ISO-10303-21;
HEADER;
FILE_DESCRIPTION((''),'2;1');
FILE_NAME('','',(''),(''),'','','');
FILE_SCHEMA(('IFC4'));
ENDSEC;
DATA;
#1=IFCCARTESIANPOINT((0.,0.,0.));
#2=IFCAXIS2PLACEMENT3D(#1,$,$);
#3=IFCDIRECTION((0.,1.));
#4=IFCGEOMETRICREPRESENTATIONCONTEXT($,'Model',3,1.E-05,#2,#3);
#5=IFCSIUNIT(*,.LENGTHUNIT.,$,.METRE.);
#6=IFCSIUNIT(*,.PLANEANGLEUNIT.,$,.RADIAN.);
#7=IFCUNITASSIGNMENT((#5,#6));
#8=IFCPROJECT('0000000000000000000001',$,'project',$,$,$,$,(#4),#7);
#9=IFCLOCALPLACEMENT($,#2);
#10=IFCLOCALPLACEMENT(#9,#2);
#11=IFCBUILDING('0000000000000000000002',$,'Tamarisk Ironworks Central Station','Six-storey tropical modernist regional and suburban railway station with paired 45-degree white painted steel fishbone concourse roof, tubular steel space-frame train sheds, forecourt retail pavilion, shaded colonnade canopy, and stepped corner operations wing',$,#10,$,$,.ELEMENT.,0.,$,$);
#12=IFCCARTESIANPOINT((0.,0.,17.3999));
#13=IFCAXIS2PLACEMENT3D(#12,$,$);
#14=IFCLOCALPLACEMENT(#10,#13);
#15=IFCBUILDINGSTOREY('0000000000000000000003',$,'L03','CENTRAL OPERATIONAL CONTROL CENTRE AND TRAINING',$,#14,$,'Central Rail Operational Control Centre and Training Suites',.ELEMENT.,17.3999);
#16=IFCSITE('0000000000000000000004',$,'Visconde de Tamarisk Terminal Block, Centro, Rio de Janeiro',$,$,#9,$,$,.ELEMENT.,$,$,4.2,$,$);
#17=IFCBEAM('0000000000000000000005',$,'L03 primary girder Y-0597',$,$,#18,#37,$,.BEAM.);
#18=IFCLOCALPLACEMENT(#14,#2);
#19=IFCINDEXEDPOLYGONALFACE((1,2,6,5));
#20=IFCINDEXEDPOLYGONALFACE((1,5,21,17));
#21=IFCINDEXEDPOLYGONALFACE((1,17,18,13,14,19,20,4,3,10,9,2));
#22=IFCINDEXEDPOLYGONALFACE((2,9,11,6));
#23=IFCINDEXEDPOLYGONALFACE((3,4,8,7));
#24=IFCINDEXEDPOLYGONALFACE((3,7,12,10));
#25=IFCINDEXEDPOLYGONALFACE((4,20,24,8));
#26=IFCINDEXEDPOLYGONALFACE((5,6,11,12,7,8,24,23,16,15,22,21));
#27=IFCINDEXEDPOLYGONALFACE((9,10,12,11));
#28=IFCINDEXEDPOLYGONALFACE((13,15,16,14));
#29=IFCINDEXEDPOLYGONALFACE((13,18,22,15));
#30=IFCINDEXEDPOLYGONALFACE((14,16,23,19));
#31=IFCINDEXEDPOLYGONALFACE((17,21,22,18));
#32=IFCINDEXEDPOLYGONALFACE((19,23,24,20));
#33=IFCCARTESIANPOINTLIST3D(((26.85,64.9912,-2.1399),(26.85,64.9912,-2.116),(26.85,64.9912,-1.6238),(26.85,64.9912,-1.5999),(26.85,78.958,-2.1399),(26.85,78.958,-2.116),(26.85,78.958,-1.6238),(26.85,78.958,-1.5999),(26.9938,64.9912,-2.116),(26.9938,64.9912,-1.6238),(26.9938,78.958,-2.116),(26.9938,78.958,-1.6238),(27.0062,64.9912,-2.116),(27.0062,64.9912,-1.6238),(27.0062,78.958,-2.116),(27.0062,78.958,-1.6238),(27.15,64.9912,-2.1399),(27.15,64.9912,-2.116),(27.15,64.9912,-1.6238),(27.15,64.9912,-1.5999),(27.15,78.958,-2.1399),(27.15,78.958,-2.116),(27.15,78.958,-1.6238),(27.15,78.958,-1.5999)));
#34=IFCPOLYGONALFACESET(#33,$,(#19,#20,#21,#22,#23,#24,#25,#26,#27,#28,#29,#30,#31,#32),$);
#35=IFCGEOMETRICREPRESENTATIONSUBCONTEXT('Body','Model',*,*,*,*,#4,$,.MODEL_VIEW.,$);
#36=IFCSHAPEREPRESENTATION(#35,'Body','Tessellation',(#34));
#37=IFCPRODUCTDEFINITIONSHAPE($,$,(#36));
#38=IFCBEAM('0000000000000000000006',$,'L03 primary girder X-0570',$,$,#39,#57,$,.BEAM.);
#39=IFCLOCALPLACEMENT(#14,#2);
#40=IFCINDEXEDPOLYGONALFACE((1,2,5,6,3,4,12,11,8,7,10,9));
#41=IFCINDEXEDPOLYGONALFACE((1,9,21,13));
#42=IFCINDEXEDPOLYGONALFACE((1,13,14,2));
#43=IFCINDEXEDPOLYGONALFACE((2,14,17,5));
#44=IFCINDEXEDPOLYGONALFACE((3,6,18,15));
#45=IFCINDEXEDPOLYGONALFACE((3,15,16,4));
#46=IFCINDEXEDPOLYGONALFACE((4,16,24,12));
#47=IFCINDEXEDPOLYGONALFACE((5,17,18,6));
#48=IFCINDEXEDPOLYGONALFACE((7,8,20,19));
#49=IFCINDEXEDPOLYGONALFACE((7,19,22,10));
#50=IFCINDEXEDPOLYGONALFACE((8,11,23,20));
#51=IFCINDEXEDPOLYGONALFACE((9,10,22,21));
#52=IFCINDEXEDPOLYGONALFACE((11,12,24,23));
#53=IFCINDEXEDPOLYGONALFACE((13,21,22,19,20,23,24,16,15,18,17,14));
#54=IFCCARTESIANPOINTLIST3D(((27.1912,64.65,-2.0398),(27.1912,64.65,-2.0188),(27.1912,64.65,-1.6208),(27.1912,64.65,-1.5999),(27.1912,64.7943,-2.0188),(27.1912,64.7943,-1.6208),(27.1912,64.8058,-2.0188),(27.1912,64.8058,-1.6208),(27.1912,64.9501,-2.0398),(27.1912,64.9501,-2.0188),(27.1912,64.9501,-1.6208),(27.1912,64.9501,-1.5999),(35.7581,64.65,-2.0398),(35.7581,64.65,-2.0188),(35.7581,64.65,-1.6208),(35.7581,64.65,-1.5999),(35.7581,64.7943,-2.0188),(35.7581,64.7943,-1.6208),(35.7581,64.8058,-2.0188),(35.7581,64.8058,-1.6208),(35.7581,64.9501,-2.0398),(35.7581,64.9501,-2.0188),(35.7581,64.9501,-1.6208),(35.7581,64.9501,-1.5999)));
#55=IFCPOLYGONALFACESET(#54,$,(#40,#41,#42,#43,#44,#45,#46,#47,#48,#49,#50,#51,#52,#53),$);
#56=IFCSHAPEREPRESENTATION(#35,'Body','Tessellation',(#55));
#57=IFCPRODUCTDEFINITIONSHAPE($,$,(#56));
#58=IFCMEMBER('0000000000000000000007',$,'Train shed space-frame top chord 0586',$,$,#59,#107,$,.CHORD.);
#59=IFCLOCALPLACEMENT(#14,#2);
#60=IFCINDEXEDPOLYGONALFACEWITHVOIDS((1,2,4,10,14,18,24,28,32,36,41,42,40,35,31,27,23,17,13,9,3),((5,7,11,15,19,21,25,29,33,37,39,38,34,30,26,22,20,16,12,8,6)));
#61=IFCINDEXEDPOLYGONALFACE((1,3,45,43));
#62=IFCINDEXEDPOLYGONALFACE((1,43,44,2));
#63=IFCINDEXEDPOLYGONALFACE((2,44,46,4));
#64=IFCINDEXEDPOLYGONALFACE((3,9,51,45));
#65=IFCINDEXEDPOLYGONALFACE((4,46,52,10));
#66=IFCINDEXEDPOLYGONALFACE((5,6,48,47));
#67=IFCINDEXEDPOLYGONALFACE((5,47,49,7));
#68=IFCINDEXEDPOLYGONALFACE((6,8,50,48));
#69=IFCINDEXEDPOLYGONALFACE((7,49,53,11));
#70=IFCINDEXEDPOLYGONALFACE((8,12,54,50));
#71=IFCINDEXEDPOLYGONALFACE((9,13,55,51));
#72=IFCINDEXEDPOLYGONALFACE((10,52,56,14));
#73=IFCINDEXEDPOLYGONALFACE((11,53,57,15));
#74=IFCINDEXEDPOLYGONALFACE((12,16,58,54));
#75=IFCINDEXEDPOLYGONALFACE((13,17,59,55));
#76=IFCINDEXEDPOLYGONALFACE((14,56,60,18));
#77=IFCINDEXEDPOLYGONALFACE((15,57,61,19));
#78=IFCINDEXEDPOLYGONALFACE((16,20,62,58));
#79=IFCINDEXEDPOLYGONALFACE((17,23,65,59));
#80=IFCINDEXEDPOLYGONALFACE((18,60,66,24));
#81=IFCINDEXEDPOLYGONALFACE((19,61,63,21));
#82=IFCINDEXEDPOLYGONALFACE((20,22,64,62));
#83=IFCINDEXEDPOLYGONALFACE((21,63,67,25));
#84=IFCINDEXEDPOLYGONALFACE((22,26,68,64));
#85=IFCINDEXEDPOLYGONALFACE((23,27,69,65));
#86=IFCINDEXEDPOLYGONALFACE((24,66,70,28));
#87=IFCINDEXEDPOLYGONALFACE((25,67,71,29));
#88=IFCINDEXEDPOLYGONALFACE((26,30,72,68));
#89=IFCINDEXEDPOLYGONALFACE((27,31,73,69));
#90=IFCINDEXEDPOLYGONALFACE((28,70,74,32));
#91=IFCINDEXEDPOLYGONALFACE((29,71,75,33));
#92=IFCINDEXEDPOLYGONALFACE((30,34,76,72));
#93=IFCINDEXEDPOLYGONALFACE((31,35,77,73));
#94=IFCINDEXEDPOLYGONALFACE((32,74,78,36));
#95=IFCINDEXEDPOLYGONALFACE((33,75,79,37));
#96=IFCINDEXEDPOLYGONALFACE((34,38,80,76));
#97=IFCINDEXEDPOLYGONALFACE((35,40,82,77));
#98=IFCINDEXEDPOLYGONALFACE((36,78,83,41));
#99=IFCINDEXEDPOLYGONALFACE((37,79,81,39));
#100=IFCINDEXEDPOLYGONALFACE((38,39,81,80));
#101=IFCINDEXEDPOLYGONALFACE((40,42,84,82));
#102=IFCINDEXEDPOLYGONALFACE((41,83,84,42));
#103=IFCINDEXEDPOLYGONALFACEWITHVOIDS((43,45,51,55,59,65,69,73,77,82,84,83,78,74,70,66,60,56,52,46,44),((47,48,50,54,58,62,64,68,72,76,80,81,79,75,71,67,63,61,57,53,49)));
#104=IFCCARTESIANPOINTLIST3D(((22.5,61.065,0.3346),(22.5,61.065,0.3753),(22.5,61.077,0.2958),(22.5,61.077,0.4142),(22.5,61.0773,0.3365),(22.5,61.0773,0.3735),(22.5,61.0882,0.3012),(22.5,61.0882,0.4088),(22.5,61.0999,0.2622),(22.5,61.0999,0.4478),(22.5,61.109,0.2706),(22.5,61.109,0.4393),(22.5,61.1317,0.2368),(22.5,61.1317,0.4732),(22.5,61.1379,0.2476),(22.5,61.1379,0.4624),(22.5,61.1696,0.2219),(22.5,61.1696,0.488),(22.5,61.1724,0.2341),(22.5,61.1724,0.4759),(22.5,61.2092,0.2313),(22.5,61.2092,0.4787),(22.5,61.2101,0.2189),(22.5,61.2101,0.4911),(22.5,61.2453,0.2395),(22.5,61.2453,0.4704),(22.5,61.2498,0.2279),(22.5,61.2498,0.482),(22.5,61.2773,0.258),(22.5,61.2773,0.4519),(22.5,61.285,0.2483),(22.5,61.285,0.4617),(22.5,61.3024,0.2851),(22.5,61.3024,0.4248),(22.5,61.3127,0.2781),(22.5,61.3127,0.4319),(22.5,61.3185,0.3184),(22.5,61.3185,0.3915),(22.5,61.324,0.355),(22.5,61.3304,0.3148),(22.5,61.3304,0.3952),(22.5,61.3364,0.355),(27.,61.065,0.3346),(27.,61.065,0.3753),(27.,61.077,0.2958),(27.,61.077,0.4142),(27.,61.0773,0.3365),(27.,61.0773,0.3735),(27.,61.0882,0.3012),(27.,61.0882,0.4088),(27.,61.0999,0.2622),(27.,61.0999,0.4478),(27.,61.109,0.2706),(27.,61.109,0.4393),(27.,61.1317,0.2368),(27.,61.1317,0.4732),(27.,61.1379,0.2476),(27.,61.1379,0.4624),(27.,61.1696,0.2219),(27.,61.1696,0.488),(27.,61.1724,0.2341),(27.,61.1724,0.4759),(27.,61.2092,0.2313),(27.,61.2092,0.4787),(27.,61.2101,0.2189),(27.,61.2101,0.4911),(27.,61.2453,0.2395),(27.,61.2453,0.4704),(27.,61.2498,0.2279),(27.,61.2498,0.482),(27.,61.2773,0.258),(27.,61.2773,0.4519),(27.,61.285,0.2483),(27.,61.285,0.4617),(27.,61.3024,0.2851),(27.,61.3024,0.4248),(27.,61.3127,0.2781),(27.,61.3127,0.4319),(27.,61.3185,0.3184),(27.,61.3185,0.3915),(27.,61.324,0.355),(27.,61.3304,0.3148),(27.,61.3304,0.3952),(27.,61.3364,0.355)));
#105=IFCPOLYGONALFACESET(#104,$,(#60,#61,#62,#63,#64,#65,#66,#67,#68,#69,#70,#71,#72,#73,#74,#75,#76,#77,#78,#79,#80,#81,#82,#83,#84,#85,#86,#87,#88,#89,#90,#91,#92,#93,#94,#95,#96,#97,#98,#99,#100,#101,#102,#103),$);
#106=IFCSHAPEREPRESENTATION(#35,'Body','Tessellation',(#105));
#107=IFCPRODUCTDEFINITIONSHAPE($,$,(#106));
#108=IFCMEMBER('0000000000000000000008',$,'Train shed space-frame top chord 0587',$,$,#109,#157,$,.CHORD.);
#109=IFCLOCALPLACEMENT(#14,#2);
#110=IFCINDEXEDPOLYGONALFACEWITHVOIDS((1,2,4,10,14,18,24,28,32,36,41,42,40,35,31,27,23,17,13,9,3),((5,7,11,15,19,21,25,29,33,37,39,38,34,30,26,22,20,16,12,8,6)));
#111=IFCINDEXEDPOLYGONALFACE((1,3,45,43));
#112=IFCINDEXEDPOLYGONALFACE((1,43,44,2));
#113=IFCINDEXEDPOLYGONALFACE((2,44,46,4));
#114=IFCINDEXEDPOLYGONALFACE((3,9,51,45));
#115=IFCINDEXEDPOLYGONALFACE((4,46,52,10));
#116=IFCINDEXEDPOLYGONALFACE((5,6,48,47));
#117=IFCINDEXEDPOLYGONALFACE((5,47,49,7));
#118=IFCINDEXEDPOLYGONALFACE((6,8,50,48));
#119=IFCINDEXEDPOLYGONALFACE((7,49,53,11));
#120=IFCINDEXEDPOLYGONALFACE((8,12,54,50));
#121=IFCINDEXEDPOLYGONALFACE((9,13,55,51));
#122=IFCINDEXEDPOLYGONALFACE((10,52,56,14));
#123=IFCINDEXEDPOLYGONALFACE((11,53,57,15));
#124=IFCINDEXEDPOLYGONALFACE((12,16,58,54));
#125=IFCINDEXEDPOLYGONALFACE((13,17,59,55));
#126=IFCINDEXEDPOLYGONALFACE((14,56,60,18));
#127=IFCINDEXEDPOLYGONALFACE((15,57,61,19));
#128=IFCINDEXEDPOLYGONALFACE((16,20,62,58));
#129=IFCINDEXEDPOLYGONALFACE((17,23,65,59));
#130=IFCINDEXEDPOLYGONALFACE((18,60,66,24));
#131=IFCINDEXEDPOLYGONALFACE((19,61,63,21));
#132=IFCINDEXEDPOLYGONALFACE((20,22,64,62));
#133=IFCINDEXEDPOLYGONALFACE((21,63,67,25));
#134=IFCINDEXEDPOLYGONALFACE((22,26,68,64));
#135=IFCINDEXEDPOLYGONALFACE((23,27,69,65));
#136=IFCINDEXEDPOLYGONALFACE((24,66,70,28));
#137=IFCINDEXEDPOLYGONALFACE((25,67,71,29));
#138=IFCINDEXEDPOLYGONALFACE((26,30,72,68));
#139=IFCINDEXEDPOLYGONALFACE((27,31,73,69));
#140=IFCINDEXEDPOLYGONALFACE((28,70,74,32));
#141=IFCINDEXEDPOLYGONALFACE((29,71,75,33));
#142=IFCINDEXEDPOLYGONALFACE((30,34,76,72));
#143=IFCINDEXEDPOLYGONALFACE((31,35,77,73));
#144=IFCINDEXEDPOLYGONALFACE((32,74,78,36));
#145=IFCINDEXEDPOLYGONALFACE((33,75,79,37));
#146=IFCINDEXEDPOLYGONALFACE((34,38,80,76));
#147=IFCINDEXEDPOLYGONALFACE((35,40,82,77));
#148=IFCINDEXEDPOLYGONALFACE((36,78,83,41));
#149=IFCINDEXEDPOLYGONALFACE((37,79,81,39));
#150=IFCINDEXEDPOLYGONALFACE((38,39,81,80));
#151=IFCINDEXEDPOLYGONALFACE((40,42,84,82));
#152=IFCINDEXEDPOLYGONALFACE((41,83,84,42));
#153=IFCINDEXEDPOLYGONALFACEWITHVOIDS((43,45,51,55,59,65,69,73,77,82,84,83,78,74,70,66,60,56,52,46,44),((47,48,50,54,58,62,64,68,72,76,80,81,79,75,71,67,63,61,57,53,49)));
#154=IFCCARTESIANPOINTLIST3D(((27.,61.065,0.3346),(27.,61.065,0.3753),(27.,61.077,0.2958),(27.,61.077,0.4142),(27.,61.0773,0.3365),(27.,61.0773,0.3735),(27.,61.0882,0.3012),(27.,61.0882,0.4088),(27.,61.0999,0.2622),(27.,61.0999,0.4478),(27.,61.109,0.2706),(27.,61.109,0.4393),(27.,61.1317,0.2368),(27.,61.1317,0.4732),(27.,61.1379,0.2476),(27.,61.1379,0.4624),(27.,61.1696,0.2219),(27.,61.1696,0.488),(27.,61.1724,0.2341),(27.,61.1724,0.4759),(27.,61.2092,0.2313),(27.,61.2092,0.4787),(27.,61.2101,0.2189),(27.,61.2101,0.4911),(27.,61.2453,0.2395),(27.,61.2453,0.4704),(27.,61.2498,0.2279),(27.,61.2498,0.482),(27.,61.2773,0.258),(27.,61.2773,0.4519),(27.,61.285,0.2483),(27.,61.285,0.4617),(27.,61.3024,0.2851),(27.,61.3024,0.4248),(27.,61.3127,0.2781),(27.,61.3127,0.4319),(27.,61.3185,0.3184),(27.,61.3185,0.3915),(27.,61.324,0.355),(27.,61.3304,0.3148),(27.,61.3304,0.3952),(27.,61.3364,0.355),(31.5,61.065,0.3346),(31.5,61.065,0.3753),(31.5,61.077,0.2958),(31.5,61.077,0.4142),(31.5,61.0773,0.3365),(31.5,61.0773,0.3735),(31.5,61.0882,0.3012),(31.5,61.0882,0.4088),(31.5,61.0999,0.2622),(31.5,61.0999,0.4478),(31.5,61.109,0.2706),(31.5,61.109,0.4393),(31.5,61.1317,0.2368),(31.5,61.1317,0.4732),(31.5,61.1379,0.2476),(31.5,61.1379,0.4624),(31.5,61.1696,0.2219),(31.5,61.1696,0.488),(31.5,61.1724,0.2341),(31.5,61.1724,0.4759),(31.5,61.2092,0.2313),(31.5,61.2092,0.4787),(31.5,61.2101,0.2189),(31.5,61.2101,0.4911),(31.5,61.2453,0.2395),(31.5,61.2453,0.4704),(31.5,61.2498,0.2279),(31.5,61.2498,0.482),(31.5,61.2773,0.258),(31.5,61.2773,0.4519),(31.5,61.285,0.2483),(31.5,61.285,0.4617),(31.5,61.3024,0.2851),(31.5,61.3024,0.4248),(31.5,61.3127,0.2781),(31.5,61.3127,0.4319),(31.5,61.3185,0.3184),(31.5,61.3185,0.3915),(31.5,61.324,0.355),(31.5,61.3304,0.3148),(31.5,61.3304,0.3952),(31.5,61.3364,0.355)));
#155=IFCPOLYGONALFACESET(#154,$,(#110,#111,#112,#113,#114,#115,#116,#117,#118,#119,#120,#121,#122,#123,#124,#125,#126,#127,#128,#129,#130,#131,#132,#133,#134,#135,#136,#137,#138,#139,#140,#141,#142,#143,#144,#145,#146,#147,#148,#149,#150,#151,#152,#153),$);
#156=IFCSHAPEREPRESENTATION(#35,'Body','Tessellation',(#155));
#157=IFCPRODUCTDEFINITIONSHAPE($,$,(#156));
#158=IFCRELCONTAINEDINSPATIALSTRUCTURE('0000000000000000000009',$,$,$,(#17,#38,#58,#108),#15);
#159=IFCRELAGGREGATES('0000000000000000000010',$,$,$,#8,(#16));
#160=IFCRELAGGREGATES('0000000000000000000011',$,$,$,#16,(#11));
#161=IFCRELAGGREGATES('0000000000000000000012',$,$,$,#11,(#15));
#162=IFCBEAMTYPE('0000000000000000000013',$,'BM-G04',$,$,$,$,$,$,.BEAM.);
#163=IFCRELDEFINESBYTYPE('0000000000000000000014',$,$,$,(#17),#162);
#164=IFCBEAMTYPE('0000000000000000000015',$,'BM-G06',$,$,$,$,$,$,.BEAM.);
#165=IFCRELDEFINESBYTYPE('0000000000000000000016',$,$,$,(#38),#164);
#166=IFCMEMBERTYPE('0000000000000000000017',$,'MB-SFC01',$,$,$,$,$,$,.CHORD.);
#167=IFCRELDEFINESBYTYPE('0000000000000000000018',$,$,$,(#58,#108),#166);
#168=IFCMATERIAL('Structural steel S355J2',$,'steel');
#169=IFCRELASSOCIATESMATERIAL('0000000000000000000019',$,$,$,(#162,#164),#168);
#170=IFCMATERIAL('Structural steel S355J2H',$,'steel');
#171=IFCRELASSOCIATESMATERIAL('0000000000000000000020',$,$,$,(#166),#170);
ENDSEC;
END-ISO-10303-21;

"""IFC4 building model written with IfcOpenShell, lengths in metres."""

from ifc_helpers import new_model, si_unit, direction, frame, origin, origin_2d, place, context, subcontext, project, spatial, hollow_circle, i_section, extrude, material, material_profile, profile_set, type_object, element, save


model = new_model("IFC4")

# Units and contexts
model_context = context("Model", 3, precision=1e-05, world=origin(), true_north=direction((0.0, 1.0)))
body_context = subcontext(model_context, "Body", "Model", "MODEL_VIEW")
ifc_project = project(units=[si_unit("LENGTHUNIT", "METRE"), si_unit("PLANEANGLEUNIT", "RADIAN")], contexts=[model_context])

# Site, building, storey
site_placement = place(None, origin())
site = spatial("IfcSite", under=ifc_project, at=site_placement, Name="Visconde de Tamarisk Terminal Block, Centro, Rio de Janeiro", CompositionType="ELEMENT", RefElevation=4.2)
building_placement = place(site_placement, origin())
building = spatial("IfcBuilding", under=site, at=building_placement, Name="Tamarisk Ironworks Central Station", Description="Six-storey tropical modernist regional and suburban railway station with paired 45-degree white painted steel fishbone concourse roof, tubular steel space-frame train sheds, forecourt retail pavilion, shaded colonnade canopy, and stepped corner operations wing", CompositionType="ELEMENT", ElevationOfRefHeight=0.0)
storey_placement = place(building_placement, frame((0.0, 0.0, 17.3999)))
storey = spatial("IfcBuildingStorey", under=building, at=storey_placement, Name="L03", Description="CENTRAL OPERATIONAL CONTROL CENTRE AND TRAINING", LongName="Central Rail Operational Control Centre and Training Suites", CompositionType="ELEMENT", Elevation=17.3999)

# Beams
ifc_material_1 = material(Name="Structural steel S355J2", Category="steel")
ifc_material_profile_1 = material_profile(ifc_material_1, i_section(OverallWidth=0.3, OverallDepth=0.54, WebThickness=0.0125, FlangeThickness=0.0239, at=origin_2d()), Name="HEA 550")
ifc_profile_set_1 = profile_set([ifc_material_profile_1], Name="Structural steel S355J2")
beam_type_1 = type_object("IfcBeamType", Name="BM-G04", PredefinedType="BEAM", material=ifc_profile_set_1)
beam_1_placement = place(storey_placement, frame((27.0, 64.9912, -1.8699), z_axis=(0.0, 1.0, 0.0), x_axis=(-1.0, 0.0, 0.0)))
element("IfcBeam", 1, at=beam_1_placement, inside=storey, type_object=beam_type_1, Name="L03 primary girder Y-0597", PredefinedType="BEAM", context=body_context, shape_type="SweptSolid", body=[
    extrude(i_section(OverallWidth=0.3, OverallDepth=0.54, WebThickness=0.0125, FlangeThickness=0.0239, at=origin_2d()), origin(), (0.0, 0.0, 1.0), 13.9668),
])
ifc_material_profile_2 = material_profile(ifc_material_1, i_section(OverallWidth=0.3, OverallDepth=0.4399, WebThickness=0.0115, FlangeThickness=0.021, at=origin_2d()), Name="HEA 450")
ifc_profile_set_2 = profile_set([ifc_material_profile_2], Name="Structural steel S355J2")
beam_type_2 = type_object("IfcBeamType", Name="BM-G06", PredefinedType="BEAM", material=ifc_profile_set_2)
beam_2_placement = place(storey_placement, frame((27.1912, 64.8, -1.8198), z_axis=(1.0, 0.0, 0.0), x_axis=(0.0, 1.0, 0.0)))
element("IfcBeam", 2, at=beam_2_placement, inside=storey, type_object=beam_type_2, Name="L03 primary girder X-0570", PredefinedType="BEAM", context=body_context, shape_type="SweptSolid", body=[
    extrude(i_section(OverallWidth=0.3, OverallDepth=0.4399, WebThickness=0.0115, FlangeThickness=0.021, at=origin_2d()), origin(), (0.0, 0.0, 1.0), 8.5669),
])

# Members
ifc_material_2 = material(Name="Structural steel S355J2H", Category="steel")
ifc_material_profile_3 = material_profile(ifc_material_2, hollow_circle(Radius=0.1365, WallThickness=0.0125, at=origin_2d()), Name="CHS 273x12.5")
ifc_profile_set_3 = profile_set([ifc_material_profile_3], Name="Structural steel S355J2H")
member_type_1 = type_object("IfcMemberType", Name="MB-SFC01", PredefinedType="CHORD", material=ifc_profile_set_3)
for number, where, z_axis, x_axis, name in (
    (3, (22.5, 61.2, 0.355), (1.0, 0.0, 0.0), (0.0, 1.0, 0.0), "Train shed space-frame top chord 0586"),
    (4, (27.0, 61.2, 0.355), (1.0, 0.0, 0.0), (0.0, 1.0, 0.0), "Train shed space-frame top chord 0587"),
):
    element("IfcMember", number, at=place(storey_placement, frame(where, z_axis=z_axis, x_axis=x_axis)), inside=storey, type_object=member_type_1, Name=name, PredefinedType="CHORD", context=body_context, shape_type="SweptSolid", body=[
        extrude(hollow_circle(Radius=0.1365, WallThickness=0.0125, at=origin_2d()), origin(), (0.0, 0.0, 1.0), 4.5),
    ])

save(model, "model.ifc")
